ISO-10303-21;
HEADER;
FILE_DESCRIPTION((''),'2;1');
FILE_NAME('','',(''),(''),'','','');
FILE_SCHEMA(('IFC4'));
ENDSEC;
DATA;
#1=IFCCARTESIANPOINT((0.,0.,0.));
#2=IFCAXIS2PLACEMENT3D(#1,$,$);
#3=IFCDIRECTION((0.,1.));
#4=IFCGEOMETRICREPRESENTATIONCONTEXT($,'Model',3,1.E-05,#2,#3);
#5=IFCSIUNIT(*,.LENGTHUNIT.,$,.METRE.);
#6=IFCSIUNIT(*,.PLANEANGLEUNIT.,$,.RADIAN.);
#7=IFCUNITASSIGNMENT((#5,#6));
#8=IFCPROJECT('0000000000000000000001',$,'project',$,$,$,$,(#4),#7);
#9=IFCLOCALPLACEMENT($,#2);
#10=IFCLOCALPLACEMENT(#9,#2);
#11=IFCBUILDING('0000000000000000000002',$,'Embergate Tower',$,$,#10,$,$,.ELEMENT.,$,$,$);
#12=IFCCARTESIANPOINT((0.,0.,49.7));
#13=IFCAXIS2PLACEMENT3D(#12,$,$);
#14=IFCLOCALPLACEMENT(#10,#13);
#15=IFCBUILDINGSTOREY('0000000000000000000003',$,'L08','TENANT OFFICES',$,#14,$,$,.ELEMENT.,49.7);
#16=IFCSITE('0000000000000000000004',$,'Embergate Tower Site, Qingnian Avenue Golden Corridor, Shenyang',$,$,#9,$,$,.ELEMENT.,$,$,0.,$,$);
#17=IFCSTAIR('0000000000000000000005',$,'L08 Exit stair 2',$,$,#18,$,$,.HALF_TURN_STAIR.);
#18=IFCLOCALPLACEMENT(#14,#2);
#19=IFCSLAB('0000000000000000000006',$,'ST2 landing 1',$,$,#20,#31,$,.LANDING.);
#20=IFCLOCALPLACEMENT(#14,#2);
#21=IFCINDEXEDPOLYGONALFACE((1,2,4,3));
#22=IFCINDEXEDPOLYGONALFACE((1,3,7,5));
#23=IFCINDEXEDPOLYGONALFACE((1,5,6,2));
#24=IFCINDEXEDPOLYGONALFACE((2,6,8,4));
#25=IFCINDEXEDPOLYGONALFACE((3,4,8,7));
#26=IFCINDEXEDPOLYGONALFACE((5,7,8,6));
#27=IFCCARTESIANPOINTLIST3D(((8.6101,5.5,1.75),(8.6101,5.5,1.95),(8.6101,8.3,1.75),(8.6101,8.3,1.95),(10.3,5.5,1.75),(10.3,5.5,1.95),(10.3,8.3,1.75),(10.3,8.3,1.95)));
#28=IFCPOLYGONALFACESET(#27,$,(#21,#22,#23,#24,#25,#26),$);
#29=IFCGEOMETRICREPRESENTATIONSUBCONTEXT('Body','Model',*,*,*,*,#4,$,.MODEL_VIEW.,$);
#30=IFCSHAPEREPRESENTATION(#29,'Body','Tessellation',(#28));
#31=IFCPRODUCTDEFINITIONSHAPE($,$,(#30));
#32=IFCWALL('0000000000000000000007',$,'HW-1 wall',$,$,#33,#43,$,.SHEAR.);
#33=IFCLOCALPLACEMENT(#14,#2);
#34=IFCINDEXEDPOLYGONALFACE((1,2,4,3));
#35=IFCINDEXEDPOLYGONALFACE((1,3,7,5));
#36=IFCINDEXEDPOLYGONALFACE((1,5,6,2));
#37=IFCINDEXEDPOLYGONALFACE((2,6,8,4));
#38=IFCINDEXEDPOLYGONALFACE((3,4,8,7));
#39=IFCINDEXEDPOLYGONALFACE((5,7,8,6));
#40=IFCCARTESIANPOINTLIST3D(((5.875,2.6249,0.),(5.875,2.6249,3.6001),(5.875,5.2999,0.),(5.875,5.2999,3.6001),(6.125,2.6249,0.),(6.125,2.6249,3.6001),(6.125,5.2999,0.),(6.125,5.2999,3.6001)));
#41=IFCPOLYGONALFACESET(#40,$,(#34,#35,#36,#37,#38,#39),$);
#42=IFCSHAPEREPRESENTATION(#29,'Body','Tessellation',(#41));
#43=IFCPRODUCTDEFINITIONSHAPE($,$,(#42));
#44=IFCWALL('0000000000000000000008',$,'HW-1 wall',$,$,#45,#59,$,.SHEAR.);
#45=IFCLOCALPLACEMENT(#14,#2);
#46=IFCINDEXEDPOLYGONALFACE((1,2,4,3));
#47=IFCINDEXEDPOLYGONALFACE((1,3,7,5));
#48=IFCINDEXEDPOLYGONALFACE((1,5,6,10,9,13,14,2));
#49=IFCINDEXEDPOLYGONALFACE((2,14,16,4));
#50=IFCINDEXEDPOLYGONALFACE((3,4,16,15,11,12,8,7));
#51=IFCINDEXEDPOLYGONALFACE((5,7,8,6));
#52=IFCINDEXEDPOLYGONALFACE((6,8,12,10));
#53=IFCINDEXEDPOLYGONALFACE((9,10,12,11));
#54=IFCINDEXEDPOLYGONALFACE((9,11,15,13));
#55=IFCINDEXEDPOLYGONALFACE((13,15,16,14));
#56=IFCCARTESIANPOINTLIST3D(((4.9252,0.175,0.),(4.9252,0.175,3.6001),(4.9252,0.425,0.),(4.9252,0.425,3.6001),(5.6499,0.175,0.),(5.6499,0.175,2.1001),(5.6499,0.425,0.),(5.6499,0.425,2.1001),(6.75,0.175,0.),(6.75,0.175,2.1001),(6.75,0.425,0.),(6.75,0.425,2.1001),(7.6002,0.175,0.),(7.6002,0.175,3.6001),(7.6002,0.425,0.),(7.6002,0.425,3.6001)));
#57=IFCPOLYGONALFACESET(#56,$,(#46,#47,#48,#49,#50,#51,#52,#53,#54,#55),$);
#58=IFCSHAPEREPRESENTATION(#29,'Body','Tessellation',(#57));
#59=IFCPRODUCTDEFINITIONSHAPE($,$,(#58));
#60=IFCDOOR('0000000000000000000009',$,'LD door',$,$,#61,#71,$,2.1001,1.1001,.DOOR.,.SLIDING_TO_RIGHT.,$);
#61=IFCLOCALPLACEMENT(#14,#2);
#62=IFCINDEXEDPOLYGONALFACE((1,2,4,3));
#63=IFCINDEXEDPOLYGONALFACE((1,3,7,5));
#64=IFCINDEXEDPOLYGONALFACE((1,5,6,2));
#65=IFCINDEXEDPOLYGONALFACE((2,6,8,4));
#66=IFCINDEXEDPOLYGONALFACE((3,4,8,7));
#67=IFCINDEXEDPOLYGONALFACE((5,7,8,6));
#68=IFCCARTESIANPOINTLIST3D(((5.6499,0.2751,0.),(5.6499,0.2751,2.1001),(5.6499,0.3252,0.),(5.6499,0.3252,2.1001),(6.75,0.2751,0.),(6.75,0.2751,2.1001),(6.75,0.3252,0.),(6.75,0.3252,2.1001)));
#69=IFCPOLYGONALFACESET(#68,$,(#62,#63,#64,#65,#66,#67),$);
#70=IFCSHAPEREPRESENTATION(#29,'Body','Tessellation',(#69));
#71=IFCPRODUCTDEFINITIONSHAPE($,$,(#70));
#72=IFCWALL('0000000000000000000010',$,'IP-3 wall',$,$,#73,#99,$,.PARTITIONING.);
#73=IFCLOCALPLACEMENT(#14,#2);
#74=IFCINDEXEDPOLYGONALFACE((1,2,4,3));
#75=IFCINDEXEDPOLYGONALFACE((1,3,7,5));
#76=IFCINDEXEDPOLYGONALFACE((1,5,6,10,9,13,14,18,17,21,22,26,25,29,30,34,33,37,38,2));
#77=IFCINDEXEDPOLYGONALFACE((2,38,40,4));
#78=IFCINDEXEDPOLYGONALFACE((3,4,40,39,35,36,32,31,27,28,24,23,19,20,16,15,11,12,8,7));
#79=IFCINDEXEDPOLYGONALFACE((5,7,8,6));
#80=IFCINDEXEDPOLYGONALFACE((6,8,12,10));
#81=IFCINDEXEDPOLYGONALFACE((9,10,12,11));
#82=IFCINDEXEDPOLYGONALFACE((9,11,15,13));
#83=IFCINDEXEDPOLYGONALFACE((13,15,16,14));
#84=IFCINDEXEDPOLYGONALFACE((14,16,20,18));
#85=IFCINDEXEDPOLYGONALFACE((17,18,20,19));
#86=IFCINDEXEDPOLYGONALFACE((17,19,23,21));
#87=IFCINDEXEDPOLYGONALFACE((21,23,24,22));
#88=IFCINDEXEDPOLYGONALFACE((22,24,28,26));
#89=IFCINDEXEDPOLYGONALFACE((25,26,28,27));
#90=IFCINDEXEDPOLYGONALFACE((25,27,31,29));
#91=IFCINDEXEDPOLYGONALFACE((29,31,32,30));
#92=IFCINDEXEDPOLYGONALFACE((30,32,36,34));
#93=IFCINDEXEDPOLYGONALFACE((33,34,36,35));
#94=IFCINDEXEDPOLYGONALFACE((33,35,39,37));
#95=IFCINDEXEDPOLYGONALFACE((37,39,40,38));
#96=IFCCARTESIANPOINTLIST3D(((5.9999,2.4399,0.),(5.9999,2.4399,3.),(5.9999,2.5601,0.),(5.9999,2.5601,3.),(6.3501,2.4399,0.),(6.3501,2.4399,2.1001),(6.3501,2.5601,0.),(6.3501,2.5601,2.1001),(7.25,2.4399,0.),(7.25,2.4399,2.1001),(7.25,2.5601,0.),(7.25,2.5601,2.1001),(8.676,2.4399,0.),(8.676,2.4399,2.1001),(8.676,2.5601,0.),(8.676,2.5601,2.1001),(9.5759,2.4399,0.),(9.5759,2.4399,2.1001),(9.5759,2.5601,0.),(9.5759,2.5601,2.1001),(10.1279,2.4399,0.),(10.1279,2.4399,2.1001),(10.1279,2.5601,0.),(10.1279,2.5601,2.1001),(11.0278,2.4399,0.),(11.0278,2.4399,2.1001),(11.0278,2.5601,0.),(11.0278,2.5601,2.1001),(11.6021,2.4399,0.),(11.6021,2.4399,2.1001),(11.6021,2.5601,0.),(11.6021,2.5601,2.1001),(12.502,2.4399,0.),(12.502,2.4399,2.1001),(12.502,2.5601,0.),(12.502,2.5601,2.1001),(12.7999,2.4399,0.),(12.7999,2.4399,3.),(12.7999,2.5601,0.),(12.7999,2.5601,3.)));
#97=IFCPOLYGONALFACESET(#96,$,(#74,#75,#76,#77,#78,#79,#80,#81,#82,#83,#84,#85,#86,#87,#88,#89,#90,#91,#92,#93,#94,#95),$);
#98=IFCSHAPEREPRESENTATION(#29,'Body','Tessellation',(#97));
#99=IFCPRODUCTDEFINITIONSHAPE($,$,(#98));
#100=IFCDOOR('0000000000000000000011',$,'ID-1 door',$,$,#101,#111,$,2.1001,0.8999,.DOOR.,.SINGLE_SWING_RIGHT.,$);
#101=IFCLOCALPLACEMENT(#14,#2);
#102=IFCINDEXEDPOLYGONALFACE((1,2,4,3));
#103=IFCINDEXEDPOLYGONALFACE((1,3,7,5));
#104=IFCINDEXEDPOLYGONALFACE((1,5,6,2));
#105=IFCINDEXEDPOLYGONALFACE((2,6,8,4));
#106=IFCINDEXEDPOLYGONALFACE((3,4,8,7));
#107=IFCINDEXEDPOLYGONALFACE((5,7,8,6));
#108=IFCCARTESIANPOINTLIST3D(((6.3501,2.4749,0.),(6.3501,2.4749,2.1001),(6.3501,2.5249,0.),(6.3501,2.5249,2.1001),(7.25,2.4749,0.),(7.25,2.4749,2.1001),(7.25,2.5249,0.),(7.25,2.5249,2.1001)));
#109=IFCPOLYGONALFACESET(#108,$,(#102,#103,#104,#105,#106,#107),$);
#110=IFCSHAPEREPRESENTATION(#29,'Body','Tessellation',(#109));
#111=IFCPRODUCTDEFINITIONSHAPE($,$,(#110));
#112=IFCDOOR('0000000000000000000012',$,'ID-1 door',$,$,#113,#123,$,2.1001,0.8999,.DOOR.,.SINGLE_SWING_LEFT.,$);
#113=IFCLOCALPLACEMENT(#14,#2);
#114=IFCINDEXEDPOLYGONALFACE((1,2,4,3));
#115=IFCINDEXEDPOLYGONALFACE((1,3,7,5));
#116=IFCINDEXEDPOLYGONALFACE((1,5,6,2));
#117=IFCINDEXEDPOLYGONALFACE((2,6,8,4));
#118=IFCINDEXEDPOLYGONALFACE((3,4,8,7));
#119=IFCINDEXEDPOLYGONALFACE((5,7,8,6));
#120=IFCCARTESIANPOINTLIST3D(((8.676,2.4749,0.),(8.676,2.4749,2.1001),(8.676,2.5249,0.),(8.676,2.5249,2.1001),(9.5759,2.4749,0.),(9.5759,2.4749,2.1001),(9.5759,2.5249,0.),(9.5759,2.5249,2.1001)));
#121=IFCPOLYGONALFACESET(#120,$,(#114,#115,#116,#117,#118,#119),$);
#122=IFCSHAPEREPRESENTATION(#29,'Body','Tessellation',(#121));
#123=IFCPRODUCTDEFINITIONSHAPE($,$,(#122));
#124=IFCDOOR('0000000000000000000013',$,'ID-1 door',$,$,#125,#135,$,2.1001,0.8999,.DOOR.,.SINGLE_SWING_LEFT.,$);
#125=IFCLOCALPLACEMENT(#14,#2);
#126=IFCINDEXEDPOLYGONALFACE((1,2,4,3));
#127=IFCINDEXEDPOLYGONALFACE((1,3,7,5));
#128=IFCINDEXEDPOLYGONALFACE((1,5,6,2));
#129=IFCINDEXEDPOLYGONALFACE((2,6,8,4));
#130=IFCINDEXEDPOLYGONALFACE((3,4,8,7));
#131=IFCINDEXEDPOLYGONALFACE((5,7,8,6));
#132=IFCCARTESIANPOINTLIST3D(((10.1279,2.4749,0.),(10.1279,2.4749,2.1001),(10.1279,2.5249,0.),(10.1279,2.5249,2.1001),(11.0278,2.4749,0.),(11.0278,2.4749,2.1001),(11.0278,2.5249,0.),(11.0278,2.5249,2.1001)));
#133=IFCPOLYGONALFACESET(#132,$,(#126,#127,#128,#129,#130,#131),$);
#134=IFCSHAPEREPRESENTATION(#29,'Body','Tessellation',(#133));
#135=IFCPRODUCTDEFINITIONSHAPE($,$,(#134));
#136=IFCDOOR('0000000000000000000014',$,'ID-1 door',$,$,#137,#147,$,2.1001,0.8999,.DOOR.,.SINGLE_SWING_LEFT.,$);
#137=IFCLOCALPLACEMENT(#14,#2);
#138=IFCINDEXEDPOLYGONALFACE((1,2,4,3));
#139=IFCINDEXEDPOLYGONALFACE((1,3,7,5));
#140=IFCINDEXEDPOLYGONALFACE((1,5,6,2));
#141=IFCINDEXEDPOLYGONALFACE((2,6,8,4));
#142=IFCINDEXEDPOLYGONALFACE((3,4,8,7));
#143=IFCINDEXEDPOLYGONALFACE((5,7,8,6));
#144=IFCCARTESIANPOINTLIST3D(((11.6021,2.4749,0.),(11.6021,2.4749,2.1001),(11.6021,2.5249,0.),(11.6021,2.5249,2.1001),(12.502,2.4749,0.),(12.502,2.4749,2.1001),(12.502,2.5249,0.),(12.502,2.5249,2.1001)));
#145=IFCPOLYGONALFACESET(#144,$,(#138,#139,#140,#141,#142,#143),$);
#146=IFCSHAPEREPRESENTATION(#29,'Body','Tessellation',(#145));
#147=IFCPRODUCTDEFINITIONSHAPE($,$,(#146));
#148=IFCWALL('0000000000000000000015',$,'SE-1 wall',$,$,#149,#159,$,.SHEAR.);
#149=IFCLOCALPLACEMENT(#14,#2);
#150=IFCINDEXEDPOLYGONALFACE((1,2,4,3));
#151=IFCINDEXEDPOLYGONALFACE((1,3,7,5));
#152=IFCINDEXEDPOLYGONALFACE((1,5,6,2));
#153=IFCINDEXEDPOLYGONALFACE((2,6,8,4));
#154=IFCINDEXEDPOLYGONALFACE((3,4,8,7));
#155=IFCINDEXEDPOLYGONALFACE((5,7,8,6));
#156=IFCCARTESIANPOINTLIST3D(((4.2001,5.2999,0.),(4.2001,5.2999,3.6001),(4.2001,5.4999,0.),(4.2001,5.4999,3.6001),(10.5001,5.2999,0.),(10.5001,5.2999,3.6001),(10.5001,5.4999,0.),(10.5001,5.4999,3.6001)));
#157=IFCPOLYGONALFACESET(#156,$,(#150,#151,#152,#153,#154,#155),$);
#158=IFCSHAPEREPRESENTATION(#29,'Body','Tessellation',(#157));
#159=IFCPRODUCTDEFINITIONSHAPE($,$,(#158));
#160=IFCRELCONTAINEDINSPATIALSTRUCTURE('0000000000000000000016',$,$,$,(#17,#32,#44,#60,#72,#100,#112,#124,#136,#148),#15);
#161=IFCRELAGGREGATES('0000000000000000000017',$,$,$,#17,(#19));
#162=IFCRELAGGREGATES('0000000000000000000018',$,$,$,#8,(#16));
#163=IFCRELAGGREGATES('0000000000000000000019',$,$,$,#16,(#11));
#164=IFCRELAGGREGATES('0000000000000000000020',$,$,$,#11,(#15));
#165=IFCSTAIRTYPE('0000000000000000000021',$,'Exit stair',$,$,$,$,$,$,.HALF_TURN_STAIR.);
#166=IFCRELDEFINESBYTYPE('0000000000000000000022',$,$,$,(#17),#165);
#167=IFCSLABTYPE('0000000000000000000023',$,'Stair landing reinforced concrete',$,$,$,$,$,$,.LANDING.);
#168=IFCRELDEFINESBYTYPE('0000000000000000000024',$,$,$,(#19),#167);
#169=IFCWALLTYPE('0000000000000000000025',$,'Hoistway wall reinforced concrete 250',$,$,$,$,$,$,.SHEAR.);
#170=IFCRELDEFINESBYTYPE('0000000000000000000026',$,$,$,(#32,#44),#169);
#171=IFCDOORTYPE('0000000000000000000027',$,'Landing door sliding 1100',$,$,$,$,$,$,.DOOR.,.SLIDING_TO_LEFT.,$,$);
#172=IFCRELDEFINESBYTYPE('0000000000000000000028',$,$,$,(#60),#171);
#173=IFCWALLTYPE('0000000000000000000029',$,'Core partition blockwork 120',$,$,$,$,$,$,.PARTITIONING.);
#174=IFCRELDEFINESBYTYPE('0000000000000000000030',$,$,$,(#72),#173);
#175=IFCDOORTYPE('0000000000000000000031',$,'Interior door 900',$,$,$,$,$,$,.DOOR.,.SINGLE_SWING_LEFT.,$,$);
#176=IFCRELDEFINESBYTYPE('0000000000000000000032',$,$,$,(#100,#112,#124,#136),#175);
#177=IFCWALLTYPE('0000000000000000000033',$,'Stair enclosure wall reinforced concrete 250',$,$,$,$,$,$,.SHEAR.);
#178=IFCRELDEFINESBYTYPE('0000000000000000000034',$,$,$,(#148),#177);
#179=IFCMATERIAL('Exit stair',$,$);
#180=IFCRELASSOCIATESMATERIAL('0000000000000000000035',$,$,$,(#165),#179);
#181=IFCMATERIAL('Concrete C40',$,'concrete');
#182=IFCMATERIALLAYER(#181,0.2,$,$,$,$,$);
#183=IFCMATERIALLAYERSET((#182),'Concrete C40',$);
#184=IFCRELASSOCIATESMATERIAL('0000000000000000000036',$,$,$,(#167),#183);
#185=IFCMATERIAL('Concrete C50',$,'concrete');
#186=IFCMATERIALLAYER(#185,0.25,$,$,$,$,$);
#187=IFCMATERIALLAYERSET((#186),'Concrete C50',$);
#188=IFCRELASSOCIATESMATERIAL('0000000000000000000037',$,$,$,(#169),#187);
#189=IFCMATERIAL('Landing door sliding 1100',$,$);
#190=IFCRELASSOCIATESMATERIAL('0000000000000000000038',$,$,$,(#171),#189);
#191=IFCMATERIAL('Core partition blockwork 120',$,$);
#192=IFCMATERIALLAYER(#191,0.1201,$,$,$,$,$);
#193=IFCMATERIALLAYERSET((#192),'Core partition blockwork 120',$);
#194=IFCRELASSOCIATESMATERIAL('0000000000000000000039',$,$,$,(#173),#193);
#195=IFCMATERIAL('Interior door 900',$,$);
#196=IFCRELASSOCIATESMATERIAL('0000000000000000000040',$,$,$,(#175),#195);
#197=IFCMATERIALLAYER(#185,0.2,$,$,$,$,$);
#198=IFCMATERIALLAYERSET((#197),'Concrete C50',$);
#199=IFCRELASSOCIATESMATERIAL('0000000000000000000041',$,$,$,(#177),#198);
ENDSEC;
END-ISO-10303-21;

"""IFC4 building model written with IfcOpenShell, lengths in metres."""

from ifc_helpers import new_model, si_unit, direction, frame, frame_2d, origin, place, context, subcontext, project, spatial, polyline, rectangle, outline, extrude, source, transform, mapped, material, layer, layer_set, type_object, element, fill, aggregate, save


model = new_model("IFC4")

# Units and contexts
model_context = context("Model", 3, precision=1e-05, world=origin(), true_north=direction((0.0, 1.0)))
body_context = subcontext(model_context, "Body", "Model", "MODEL_VIEW")
ifc_project = project(units=[si_unit("LENGTHUNIT", "METRE"), si_unit("PLANEANGLEUNIT", "RADIAN")], contexts=[model_context])

# Site, building, storey
site_placement = place(None, origin())
site = spatial("IfcSite", under=ifc_project, at=site_placement, Name="Embergate Tower Site, Qingnian Avenue Golden Corridor, Shenyang", CompositionType="ELEMENT", RefElevation=0.0)
building_placement = place(site_placement, origin())
building = spatial("IfcBuilding", under=site, at=building_placement, Name="Embergate Tower", CompositionType="ELEMENT")
storey_placement = place(building_placement, frame((0.0, 0.0, 49.7)))
storey = spatial("IfcBuildingStorey", under=building, at=storey_placement, Name="L08", Description="TENANT OFFICES", CompositionType="ELEMENT", Elevation=49.7)

# Stair, slab
ifc_material_1 = material(Name="Exit stair")
stair_type = type_object("IfcStairType", Name="Exit stair", PredefinedType="HALF_TURN_STAIR", material=ifc_material_1)
stair_placement = place(storey_placement, origin())
stair = element("IfcStair", 1, at=stair_placement, inside=storey, type_object=stair_type, Name="L08 Exit stair 2", PredefinedType="HALF_TURN_STAIR")
ifc_material_2 = material(Name="Concrete C40", Category="concrete")
ifc_layer_1 = layer(ifc_material_2, 0.2)
ifc_layer_set_1 = layer_set([ifc_layer_1], Name="Concrete C40")
slab_type = type_object("IfcSlabType", Name="Stair landing reinforced concrete", PredefinedType="LANDING", material=ifc_layer_set_1)
shared_shape_1 = source(origin(), body_context, "Body", "SweptSolid", [
    extrude(outline(polyline([(0.0, 0.0), (1.6899, 0.0), (1.6899, 2.8), (0.0, 2.8), (0.0, 0.0)])), origin(), (0.0, 0.0, 1.0), 0.2),
])
slab_placement = place(storey_placement, frame((8.6101, 5.5, 1.75)))
slab = element("IfcSlab", 2, at=slab_placement, type_object=slab_type, Name="ST2 landing 1", PredefinedType="LANDING", context=body_context, shape_type="MappedRepresentation", body=[
    mapped(shared_shape_1, transform((0.0, 0.0, 0.0))),
])

# Wall
ifc_material_3 = material(Name="Concrete C50", Category="concrete")
ifc_layer_2 = layer(ifc_material_3, 0.25)
ifc_layer_set_2 = layer_set([ifc_layer_2], Name="Concrete C50")
wall_type_1 = type_object("IfcWallType", Name="Hoistway wall reinforced concrete 250", PredefinedType="SHEAR", material=ifc_layer_set_2)
shared_shape_2 = source(origin(), body_context, "Body", "SweptSolid", [
    extrude(rectangle(XDim=2.675, YDim=0.25, at=frame_2d((1.3374, 0.0))), origin(), (0.0, 0.0, 1.0), 3.6001),
])
wall_1_placement = place(storey_placement, frame((6.0, 2.625, 0.0), z_axis=(0.0, 0.0, 1.0), x_axis=(0.0, 1.0, 0.0)))
element("IfcWall", 3, at=wall_1_placement, inside=storey, type_object=wall_type_1, Name="HW-1 wall", PredefinedType="SHEAR", context=body_context, shape_type="MappedRepresentation", body=[
    mapped(shared_shape_2, transform((0.0, 0.0, 0.0))),
])

# Wall, opening, door
wall_2_placement = place(storey_placement, frame((7.6001, 0.3, 0.0), z_axis=(0.0, 0.0, 1.0), x_axis=(-1.0, 0.0, 0.0)))
wall_2 = element("IfcWall", 4, at=wall_2_placement, inside=storey, type_object=wall_type_1, Name="HW-1 wall", PredefinedType="SHEAR", context=body_context, shape_type="MappedRepresentation", body=[
    mapped(shared_shape_2, transform((0.0, 0.0, 0.0))),
])
shared_shape_3 = source(origin(), body_context, "Body", "SweptSolid", [
    extrude(rectangle(XDim=1.1001, YDim=2.1001, at=frame_2d((0.55, 1.05))), frame((0.0, 0.135, 0.0), z_axis=(0.0, -1.0, 0.0), x_axis=(1.0, 0.0, 0.0)), (0.0, 0.0, 1.0), 0.27),
])
opening_1_placement = place(wall_2_placement, frame((0.8501, 0.0, 0.0)))
opening_1 = element("IfcOpeningElement", 5, at=opening_1_placement, cuts=wall_2, PredefinedType="OPENING", context=body_context, shape_type="MappedRepresentation", body=[
    mapped(shared_shape_3, transform((0.0, 0.0, 0.0))),
])
ifc_material_4 = material(Name="Landing door sliding 1100")
door_type_1 = type_object("IfcDoorType", Name="Landing door sliding 1100", OperationType="SLIDING_TO_LEFT", PredefinedType="DOOR", material=ifc_material_4)
shared_shape_4 = source(origin(), body_context, "Body", "SweptSolid", [
    extrude(rectangle(XDim=1.1001, YDim=2.1001, at=frame_2d((0.55, 1.05))), frame((0.0, 0.0249, 0.0), z_axis=(0.0, -1.0, 0.0), x_axis=(1.0, 0.0, 0.0)), (0.0, 0.0, 1.0), 0.05),
])
door_1_placement = place(opening_1_placement, origin())
door_1 = element("IfcDoor", 6, at=door_1_placement, inside=storey, type_object=door_type_1, Name="LD door", OperationType="SLIDING_TO_RIGHT", OverallHeight=2.1001, OverallWidth=1.1001, PredefinedType="DOOR", context=body_context, shape_type="MappedRepresentation", body=[
    mapped(shared_shape_4, transform((0.0, 0.0, 0.0))),
])
fill(opening_1, door_1)

# Wall, openings, doors
ifc_material_5 = material(Name="Core partition blockwork 120")
ifc_layer_3 = layer(ifc_material_5, 0.1201)
ifc_layer_set_3 = layer_set([ifc_layer_3], Name="Core partition blockwork 120")
wall_type_2 = type_object("IfcWallType", Name="Core partition blockwork 120", PredefinedType="PARTITIONING", material=ifc_layer_set_3)
shared_shape_5 = source(origin(), body_context, "Body", "SweptSolid", [
    extrude(rectangle(XDim=6.8, YDim=0.1201, at=frame_2d((3.3999, 0.0))), origin(), (0.0, 0.0, 1.0), 3.0),
])
wall_3_placement = place(storey_placement, frame((6.0, 2.5, 0.0), z_axis=(0.0, 0.0, 1.0), x_axis=(1.0, 0.0, 0.0)))
wall_3 = element("IfcWall", 7, at=wall_3_placement, inside=storey, type_object=wall_type_2, Name="IP-3 wall", PredefinedType="PARTITIONING", context=body_context, shape_type="MappedRepresentation", body=[
    mapped(shared_shape_5, transform((0.0, 0.0, 0.0))),
])
shared_shape_6 = source(origin(), body_context, "Body", "SweptSolid", [
    extrude(rectangle(XDim=0.8999, YDim=2.1001, at=frame_2d((0.45, 1.05))), frame((0.0, 0.0701, 0.0), z_axis=(0.0, -1.0, 0.0), x_axis=(1.0, 0.0, 0.0)), (0.0, 0.0, 1.0), 0.1401),
])
opening_2_placement = place(wall_3_placement, frame((0.3501, 0.0, 0.0)))
opening_2 = element("IfcOpeningElement", 8, at=opening_2_placement, cuts=wall_3, PredefinedType="OPENING", context=body_context, shape_type="MappedRepresentation", body=[
    mapped(shared_shape_6, transform((0.0, 0.0, 0.0))),
])
opening_3_placement = place(wall_3_placement, frame((2.676, 0.0, 0.0)))
opening_3 = element("IfcOpeningElement", 9, at=opening_3_placement, cuts=wall_3, PredefinedType="OPENING", context=body_context, shape_type="MappedRepresentation", body=[
    mapped(shared_shape_6, transform((0.0, 0.0, 0.0))),
])
opening_4_placement = place(wall_3_placement, frame((4.1279, 0.0, 0.0)))
opening_4 = element("IfcOpeningElement", 10, at=opening_4_placement, cuts=wall_3, PredefinedType="OPENING", context=body_context, shape_type="MappedRepresentation", body=[
    mapped(shared_shape_6, transform((0.0, 0.0, 0.0))),
])
opening_5_placement = place(wall_3_placement, frame((5.6021, 0.0, 0.0)))
opening_5 = element("IfcOpeningElement", 11, at=opening_5_placement, cuts=wall_3, PredefinedType="OPENING", context=body_context, shape_type="MappedRepresentation", body=[
    mapped(shared_shape_6, transform((0.0, 0.0, 0.0))),
])
ifc_material_6 = material(Name="Interior door 900")
door_type_2 = type_object("IfcDoorType", Name="Interior door 900", OperationType="SINGLE_SWING_LEFT", PredefinedType="DOOR", material=ifc_material_6)
shared_shape_7 = source(origin(), body_context, "Body", "SweptSolid", [
    extrude(rectangle(XDim=0.8999, YDim=2.1001, at=frame_2d((0.45, 1.05))), frame((0.0, 0.0249, 0.0), z_axis=(0.0, -1.0, 0.0), x_axis=(1.0, 0.0, 0.0)), (0.0, 0.0, 1.0), 0.05),
])
door_2_placement = place(opening_2_placement, origin())
door_2 = element("IfcDoor", 12, at=door_2_placement, inside=storey, type_object=door_type_2, Name="ID-1 door", OperationType="SINGLE_SWING_RIGHT", OverallHeight=2.1001, OverallWidth=0.8999, PredefinedType="DOOR", context=body_context, shape_type="MappedRepresentation", body=[
    mapped(shared_shape_7, transform((0.0, 0.0, 0.0))),
])
fill(opening_2, door_2)
door_3_placement = place(opening_3_placement, origin())
door_3 = element("IfcDoor", 13, at=door_3_placement, inside=storey, type_object=door_type_2, Name="ID-1 door", OperationType="SINGLE_SWING_LEFT", OverallHeight=2.1001, OverallWidth=0.8999, PredefinedType="DOOR", context=body_context, shape_type="MappedRepresentation", body=[
    mapped(shared_shape_7, transform((0.0, 0.0, 0.0))),
])
fill(opening_3, door_3)
door_4_placement = place(opening_4_placement, origin())
door_4 = element("IfcDoor", 14, at=door_4_placement, inside=storey, type_object=door_type_2, Name="ID-1 door", OperationType="SINGLE_SWING_LEFT", OverallHeight=2.1001, OverallWidth=0.8999, PredefinedType="DOOR", context=body_context, shape_type="MappedRepresentation", body=[
    mapped(shared_shape_7, transform((0.0, 0.0, 0.0))),
])
fill(opening_4, door_4)
door_5_placement = place(opening_5_placement, origin())
door_5 = element("IfcDoor", 15, at=door_5_placement, inside=storey, type_object=door_type_2, Name="ID-1 door", OperationType="SINGLE_SWING_LEFT", OverallHeight=2.1001, OverallWidth=0.8999, PredefinedType="DOOR", context=body_context, shape_type="MappedRepresentation", body=[
    mapped(shared_shape_7, transform((0.0, 0.0, 0.0))),
])
fill(opening_5, door_5)

# Wall
ifc_layer_4 = layer(ifc_material_3, 0.2)
ifc_layer_set_4 = layer_set([ifc_layer_4], Name="Concrete C50")
wall_type_3 = type_object("IfcWallType", Name="Stair enclosure wall reinforced concrete 250", PredefinedType="SHEAR", material=ifc_layer_set_4)
shared_shape_8 = source(origin(), body_context, "Body", "SweptSolid", [
    extrude(rectangle(XDim=6.3, YDim=0.2, at=frame_2d((3.1499, 0.0))), origin(), (0.0, 0.0, 1.0), 3.6001),
])
for number, where, z_axis, x_axis, name in (
    (16, (10.5, 5.3999, 0.0), (0.0, 0.0, 1.0), (-1.0, 0.0, 0.0), "SE-1 wall"),
):
    element("IfcWall", number, at=place(storey_placement, frame(where, z_axis=z_axis, x_axis=x_axis)), inside=storey, type_object=wall_type_3, Name=name, PredefinedType="SHEAR", context=body_context, shape_type="MappedRepresentation", body=[
        mapped(shared_shape_8, transform((0.0, 0.0, 0.0))),
    ])

aggregate(stair, [slab])

save(model, "model.ifc")
